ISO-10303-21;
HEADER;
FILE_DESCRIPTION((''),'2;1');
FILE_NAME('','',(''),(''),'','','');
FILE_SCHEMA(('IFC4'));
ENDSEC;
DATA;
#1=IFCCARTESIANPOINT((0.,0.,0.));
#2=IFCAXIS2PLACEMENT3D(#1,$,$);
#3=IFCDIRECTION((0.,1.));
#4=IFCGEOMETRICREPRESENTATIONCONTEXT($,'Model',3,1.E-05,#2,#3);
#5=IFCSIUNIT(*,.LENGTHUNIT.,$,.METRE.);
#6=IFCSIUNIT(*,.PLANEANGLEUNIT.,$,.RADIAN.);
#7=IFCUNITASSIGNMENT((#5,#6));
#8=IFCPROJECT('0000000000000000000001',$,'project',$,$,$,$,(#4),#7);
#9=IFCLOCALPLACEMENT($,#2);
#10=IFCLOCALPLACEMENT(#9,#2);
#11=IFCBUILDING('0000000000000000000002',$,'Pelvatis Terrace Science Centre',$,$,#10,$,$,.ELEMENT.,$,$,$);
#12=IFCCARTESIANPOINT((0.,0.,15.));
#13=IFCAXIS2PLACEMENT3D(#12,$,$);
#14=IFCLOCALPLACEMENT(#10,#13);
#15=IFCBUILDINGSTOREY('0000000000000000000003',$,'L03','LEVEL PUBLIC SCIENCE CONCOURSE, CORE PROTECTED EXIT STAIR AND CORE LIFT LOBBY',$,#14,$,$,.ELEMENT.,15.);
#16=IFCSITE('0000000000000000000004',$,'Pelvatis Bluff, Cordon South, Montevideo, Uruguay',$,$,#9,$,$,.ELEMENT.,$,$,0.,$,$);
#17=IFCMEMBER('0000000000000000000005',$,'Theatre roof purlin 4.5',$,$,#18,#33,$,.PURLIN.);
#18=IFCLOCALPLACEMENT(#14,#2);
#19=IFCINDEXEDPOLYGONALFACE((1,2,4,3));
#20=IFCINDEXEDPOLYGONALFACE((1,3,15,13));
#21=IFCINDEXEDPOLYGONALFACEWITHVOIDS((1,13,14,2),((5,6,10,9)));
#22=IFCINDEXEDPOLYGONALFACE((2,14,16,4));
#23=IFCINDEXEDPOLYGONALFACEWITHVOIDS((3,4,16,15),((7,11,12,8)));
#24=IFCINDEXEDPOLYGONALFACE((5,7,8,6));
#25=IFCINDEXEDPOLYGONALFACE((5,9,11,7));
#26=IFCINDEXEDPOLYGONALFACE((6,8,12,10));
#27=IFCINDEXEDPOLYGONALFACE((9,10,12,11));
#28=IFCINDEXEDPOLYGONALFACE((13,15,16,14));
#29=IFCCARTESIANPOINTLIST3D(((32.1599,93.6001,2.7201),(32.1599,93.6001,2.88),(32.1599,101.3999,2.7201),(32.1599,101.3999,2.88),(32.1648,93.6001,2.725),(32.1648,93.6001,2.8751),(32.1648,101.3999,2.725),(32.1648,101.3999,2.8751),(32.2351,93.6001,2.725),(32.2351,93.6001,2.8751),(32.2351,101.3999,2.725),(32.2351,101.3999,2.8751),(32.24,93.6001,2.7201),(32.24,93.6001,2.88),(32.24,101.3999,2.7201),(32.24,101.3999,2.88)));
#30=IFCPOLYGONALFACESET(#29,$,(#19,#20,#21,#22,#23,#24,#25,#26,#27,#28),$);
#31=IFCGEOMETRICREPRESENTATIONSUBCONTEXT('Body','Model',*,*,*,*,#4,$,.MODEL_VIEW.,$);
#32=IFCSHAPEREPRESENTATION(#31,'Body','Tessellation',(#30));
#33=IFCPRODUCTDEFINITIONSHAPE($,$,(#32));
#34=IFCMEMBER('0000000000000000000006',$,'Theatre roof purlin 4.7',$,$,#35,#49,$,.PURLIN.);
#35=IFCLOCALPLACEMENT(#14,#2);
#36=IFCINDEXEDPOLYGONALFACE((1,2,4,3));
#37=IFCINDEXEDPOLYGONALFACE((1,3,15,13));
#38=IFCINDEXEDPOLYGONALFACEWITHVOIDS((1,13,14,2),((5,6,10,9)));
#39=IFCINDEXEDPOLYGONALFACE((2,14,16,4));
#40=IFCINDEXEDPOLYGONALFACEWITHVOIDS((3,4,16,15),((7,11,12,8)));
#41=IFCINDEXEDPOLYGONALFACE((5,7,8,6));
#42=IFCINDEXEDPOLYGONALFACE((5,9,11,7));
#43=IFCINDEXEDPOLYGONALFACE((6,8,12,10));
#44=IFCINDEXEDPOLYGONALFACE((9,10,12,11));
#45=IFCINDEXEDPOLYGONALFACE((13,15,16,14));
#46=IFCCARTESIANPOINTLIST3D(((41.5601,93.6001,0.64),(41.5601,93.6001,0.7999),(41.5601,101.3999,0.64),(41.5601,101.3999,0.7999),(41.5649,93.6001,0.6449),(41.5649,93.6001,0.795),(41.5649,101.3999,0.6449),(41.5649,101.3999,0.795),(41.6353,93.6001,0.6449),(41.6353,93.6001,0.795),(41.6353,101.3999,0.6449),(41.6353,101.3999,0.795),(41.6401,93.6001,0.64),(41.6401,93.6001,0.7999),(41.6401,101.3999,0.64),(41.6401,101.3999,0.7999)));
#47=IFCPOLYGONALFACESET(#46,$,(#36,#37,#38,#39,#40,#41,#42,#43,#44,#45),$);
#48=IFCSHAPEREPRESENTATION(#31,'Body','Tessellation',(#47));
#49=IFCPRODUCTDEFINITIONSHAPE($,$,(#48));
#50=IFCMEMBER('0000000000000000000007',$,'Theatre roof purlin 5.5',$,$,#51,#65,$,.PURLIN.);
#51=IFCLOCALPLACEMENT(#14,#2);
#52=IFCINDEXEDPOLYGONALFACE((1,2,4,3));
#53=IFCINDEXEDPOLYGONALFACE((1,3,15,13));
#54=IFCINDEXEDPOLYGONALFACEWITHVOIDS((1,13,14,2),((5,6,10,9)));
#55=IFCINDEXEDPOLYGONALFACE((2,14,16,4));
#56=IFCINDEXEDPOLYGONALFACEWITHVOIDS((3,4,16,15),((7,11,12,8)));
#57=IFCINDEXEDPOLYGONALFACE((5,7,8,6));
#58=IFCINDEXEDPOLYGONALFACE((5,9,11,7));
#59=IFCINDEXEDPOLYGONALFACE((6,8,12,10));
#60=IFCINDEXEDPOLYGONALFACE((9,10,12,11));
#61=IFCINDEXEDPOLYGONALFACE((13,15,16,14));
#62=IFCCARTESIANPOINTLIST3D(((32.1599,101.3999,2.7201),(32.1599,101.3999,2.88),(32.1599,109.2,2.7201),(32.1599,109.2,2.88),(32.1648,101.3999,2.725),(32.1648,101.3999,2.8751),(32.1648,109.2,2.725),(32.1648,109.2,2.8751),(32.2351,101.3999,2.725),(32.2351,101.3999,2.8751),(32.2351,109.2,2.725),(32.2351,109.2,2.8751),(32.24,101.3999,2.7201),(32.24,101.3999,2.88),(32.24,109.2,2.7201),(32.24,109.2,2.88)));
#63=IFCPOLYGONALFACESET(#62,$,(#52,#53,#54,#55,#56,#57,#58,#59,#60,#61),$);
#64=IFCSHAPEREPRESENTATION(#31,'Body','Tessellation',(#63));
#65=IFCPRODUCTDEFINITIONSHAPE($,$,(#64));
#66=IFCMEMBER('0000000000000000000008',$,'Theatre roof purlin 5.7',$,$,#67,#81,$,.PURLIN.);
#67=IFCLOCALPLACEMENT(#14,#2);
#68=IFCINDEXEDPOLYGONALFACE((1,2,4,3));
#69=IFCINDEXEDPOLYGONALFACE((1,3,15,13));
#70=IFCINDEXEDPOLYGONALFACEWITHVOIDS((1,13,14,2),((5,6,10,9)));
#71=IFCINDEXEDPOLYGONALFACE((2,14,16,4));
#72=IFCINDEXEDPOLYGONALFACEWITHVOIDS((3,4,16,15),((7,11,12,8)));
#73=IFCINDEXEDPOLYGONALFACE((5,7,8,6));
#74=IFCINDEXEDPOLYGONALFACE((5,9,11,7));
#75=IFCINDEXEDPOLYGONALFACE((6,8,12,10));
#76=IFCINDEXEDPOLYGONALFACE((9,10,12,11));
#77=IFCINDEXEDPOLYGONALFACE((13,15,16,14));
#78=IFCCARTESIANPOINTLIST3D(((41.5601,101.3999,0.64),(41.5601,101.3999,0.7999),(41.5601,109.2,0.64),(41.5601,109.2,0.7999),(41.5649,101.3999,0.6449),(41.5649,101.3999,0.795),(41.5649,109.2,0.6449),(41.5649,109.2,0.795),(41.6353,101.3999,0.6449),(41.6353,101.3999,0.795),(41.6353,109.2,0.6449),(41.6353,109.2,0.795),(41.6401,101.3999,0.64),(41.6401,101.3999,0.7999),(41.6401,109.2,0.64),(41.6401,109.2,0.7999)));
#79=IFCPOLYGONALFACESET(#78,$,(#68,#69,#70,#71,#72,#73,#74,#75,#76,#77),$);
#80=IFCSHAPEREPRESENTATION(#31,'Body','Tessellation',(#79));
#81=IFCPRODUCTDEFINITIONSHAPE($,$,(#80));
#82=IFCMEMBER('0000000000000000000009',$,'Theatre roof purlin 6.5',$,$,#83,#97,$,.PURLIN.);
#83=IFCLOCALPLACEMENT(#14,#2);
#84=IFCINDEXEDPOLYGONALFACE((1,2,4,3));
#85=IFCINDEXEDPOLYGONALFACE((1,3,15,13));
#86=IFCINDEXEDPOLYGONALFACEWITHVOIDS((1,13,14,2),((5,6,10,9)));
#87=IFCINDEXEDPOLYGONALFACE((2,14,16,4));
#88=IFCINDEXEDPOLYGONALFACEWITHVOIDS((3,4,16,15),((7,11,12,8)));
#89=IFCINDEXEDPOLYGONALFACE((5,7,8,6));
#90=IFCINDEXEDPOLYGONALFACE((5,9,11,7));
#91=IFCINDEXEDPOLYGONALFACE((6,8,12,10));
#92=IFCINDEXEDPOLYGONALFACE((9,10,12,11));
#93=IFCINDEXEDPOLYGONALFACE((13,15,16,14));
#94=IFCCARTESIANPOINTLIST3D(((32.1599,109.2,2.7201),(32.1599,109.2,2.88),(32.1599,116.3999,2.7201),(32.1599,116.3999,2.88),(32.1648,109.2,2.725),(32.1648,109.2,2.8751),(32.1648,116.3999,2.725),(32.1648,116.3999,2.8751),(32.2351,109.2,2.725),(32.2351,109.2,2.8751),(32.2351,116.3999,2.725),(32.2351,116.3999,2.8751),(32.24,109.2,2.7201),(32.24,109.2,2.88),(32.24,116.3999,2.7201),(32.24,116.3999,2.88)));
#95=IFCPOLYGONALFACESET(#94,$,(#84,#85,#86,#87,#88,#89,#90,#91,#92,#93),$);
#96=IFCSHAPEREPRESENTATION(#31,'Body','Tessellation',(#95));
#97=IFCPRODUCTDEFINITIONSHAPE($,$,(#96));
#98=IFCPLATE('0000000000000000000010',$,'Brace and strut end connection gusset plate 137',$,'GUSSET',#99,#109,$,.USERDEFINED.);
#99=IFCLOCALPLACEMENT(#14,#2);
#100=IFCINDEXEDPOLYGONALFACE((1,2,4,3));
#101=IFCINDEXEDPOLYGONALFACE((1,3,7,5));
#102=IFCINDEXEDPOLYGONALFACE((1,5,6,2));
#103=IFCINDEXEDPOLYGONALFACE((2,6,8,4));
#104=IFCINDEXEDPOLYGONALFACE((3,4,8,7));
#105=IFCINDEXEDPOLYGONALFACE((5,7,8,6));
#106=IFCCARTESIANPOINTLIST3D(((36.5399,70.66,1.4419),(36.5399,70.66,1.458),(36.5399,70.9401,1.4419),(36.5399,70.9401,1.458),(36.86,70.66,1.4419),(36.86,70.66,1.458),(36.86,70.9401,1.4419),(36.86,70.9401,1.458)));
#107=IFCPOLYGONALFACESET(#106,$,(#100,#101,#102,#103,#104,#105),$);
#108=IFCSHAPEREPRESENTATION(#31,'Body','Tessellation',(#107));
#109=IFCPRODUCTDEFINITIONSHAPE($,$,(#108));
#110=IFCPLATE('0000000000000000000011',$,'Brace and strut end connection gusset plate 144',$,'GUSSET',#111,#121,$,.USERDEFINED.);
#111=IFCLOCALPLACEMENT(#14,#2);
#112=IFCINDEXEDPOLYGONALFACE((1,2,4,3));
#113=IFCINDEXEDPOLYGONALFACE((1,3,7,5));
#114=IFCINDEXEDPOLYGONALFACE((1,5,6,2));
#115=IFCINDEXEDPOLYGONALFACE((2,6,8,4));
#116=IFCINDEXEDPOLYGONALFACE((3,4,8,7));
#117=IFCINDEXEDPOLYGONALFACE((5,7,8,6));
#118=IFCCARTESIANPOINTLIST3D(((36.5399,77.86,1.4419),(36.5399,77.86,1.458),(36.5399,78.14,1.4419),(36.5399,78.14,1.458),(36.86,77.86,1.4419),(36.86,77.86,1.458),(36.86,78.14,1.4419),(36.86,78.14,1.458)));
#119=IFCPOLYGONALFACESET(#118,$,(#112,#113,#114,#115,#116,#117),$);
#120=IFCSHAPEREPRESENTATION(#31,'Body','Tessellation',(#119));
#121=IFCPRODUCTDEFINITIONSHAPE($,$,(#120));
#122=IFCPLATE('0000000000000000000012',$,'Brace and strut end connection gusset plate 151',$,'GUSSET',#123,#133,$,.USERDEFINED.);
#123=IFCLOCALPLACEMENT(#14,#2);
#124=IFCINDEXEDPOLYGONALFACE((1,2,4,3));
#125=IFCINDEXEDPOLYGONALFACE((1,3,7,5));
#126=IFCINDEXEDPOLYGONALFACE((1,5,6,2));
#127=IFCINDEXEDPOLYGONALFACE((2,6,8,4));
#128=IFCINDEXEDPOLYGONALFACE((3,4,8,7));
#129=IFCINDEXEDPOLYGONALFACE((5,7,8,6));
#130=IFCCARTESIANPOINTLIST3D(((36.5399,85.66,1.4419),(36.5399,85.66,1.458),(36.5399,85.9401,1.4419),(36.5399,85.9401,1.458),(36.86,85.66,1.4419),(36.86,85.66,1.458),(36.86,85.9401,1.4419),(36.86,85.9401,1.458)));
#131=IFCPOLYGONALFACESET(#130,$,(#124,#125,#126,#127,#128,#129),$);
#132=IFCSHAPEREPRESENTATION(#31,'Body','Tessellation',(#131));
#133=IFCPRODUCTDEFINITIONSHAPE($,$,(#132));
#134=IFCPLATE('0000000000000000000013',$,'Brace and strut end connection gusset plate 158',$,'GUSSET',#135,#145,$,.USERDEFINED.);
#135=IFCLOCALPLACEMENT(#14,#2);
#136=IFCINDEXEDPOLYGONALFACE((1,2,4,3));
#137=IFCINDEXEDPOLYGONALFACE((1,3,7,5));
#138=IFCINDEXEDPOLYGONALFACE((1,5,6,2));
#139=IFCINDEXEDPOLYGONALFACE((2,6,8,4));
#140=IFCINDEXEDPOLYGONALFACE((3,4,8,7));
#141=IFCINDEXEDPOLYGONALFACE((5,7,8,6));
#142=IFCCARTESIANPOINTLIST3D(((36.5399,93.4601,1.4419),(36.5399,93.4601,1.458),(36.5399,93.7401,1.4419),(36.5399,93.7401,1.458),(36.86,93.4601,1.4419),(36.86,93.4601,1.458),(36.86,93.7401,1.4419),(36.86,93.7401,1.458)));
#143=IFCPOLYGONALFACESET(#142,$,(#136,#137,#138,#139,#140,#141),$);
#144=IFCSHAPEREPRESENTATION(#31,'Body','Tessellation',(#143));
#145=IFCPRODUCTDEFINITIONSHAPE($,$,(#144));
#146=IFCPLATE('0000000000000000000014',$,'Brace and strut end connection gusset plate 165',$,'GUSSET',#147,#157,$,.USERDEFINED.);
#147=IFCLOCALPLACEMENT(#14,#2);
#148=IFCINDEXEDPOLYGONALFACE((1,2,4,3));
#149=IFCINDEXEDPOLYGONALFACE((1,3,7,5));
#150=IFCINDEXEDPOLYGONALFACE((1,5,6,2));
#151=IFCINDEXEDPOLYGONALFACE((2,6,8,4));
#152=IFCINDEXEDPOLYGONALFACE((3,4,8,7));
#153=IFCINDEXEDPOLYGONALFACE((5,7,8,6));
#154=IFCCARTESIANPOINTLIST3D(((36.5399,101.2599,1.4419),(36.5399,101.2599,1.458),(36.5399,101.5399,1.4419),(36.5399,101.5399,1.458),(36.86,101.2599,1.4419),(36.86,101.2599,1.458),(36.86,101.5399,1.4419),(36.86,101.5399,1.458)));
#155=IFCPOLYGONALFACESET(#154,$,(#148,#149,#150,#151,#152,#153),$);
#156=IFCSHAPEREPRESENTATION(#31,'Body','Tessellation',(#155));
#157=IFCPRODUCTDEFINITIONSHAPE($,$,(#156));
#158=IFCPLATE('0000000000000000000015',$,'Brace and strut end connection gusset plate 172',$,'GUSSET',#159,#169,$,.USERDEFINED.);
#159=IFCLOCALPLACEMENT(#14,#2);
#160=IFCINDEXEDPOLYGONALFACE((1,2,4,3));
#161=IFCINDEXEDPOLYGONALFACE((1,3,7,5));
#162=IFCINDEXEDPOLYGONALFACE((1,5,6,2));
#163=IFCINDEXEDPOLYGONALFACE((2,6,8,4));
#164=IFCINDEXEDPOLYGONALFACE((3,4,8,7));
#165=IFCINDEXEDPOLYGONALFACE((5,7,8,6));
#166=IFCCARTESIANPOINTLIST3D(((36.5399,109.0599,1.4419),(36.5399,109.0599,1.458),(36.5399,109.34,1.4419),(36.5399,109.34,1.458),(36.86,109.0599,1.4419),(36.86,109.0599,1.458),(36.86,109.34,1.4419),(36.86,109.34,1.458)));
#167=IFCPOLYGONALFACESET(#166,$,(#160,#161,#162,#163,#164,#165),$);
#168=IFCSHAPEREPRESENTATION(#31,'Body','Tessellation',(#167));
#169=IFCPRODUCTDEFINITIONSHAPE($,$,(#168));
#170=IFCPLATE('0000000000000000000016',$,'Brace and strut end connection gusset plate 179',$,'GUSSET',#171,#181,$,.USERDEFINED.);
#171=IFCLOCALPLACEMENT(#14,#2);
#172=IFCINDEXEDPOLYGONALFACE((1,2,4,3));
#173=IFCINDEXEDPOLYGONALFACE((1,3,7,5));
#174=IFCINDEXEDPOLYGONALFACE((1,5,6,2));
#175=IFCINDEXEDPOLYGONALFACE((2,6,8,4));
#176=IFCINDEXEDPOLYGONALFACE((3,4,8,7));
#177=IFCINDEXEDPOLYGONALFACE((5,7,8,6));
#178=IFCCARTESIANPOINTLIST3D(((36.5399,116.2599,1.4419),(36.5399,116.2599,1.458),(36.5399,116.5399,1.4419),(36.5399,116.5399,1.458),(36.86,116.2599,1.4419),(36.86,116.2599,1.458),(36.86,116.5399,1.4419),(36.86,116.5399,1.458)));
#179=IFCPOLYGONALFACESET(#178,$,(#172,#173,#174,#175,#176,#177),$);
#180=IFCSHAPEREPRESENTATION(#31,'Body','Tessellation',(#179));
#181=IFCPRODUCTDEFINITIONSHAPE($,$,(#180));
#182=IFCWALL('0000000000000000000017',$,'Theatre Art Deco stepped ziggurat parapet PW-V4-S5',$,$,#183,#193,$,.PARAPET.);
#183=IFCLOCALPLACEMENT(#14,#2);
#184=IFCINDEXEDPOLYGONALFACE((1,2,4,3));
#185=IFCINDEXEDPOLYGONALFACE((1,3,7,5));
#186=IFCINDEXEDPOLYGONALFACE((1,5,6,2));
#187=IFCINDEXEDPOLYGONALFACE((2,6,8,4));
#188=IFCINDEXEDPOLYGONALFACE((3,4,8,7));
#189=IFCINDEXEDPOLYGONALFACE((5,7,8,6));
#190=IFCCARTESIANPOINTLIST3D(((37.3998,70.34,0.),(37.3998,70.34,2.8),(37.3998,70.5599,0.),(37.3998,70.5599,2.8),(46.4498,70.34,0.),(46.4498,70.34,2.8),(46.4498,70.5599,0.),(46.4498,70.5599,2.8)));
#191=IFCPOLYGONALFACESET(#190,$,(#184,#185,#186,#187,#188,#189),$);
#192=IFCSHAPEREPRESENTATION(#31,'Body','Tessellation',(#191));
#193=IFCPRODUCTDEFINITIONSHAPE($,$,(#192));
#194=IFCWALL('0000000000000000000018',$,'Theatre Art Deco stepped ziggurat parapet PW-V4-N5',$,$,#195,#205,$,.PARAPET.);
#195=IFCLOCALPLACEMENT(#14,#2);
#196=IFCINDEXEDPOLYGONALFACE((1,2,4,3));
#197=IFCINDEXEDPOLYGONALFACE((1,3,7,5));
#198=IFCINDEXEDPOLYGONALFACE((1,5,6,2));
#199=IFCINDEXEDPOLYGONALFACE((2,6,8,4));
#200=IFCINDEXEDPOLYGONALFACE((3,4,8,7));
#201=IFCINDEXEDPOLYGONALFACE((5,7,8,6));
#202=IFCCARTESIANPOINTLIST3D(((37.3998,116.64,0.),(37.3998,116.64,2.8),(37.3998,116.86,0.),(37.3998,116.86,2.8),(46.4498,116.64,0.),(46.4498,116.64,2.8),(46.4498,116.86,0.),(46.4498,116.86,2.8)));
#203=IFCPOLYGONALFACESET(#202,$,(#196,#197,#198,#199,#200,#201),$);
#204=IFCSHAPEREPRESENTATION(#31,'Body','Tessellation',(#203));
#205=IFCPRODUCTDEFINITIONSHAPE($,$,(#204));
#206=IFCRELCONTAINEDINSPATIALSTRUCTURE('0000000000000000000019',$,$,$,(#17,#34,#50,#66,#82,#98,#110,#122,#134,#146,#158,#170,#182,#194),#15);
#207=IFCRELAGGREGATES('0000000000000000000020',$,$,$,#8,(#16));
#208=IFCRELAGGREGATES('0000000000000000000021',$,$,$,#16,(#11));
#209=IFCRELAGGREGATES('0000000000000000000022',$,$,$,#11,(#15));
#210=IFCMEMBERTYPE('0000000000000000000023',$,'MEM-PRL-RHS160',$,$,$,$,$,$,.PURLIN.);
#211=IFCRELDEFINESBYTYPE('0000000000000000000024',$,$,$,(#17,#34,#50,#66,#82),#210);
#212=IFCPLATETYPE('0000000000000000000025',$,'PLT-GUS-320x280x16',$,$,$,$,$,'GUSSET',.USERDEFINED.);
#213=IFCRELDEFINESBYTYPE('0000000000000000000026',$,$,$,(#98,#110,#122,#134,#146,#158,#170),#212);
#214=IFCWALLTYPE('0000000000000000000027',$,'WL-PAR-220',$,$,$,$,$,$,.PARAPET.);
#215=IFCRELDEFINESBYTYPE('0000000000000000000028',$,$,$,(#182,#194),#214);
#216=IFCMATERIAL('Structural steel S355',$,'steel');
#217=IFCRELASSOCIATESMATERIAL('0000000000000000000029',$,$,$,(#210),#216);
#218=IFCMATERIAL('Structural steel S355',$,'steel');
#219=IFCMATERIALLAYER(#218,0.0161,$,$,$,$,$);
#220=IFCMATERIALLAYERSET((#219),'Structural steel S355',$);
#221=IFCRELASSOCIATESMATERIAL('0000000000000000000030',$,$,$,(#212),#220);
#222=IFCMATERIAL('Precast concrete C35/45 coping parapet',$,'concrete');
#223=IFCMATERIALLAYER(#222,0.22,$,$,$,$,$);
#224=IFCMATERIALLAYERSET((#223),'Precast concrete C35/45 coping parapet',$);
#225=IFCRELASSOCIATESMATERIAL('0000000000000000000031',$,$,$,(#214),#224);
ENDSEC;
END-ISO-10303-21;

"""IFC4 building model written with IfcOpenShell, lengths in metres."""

from ifc_helpers import new_model, si_unit, direction, frame, frame_2d, origin, origin_2d, place, context, subcontext, project, spatial, rectangle, hollow_rectangle, extrude, material, layer, layer_set, material_profile, profile_set, type_object, element, save


model = new_model("IFC4")

# Units and contexts
model_context = context("Model", 3, precision=1e-05, world=origin(), true_north=direction((0.0, 1.0)))
body_context = subcontext(model_context, "Body", "Model", "MODEL_VIEW")
ifc_project = project(units=[si_unit("LENGTHUNIT", "METRE"), si_unit("PLANEANGLEUNIT", "RADIAN")], contexts=[model_context])

# Site, building, storey
site_placement = place(None, origin())
site = spatial("IfcSite", under=ifc_project, at=site_placement, Name="Pelvatis Bluff, Cordon South, Montevideo, Uruguay", CompositionType="ELEMENT", RefElevation=0.0)
building_placement = place(site_placement, origin())
building = spatial("IfcBuilding", under=site, at=building_placement, Name="Pelvatis Terrace Science Centre", CompositionType="ELEMENT")
storey_placement = place(building_placement, frame((0.0, 0.0, 15.0)))
storey = spatial("IfcBuildingStorey", under=building, at=storey_placement, Name="L03", Description="LEVEL PUBLIC SCIENCE CONCOURSE, CORE PROTECTED EXIT STAIR AND CORE LIFT LOBBY", CompositionType="ELEMENT", Elevation=15.0)

# Members
ifc_material_1 = material(Name="Structural steel S355", Category="steel")
ifc_material_profile_1 = material_profile(ifc_material_1, hollow_rectangle(XDim=0.0801, YDim=0.1599, WallThickness=0.0049, at=origin_2d()), Name="RHS 160x80x5.0")
ifc_profile_set_1 = profile_set([ifc_material_profile_1], Name="Structural steel S355")
member_type = type_object("IfcMemberType", Name="MEM-PRL-RHS160", PredefinedType="PURLIN", material=ifc_profile_set_1)
for number, where, z_axis, x_axis, name in (
    (1, (32.2, 93.6001, 2.8), (0.0, 1.0, 0.0), (-1.0, 0.0, 0.0), "Theatre roof purlin 4.5"),
    (2, (41.6001, 93.6001, 0.72), (0.0, 1.0, 0.0), (-1.0, 0.0, 0.0), "Theatre roof purlin 4.7"),
):
    element("IfcMember", number, at=place(storey_placement, frame(where, z_axis=z_axis, x_axis=x_axis)), inside=storey, type_object=member_type, Name=name, PredefinedType="PURLIN", context=body_context, shape_type="SweptSolid", body=[
        extrude(hollow_rectangle(XDim=0.0801, YDim=0.1599, WallThickness=0.0049, at=origin_2d()), origin(), (0.0, 0.0, 1.0), 7.7998),
    ])
for number, where, z_axis, x_axis, name in (
    (3, (32.2, 101.3999, 2.8), (0.0, 1.0, 0.0), (-1.0, 0.0, 0.0), "Theatre roof purlin 5.5"),
    (4, (41.6001, 101.3999, 0.72), (0.0, 1.0, 0.0), (-1.0, 0.0, 0.0), "Theatre roof purlin 5.7"),
):
    element("IfcMember", number, at=place(storey_placement, frame(where, z_axis=z_axis, x_axis=x_axis)), inside=storey, type_object=member_type, Name=name, PredefinedType="PURLIN", context=body_context, shape_type="SweptSolid", body=[
        extrude(hollow_rectangle(XDim=0.0801, YDim=0.1599, WallThickness=0.0049, at=origin_2d()), origin(), (0.0, 0.0, 1.0), 7.8),
    ])
member_placement = place(storey_placement, frame((32.2, 109.2, 2.8), z_axis=(0.0, 1.0, 0.0), x_axis=(-1.0, 0.0, 0.0)))
element("IfcMember", 5, at=member_placement, inside=storey, type_object=member_type, Name="Theatre roof purlin 6.5", PredefinedType="PURLIN", context=body_context, shape_type="SweptSolid", body=[
    extrude(hollow_rectangle(XDim=0.0801, YDim=0.1599, WallThickness=0.0049, at=origin_2d()), origin(), (0.0, 0.0, 1.0), 7.2),
])

# Plates
ifc_material_2 = material(Name="Structural steel S355", Category="steel")
ifc_layer_1 = layer(ifc_material_2, 0.0161)
ifc_layer_set_1 = layer_set([ifc_layer_1], Name="Structural steel S355")
plate_type = type_object("IfcPlateType", Name="PLT-GUS-320x280x16", ElementType="GUSSET", PredefinedType="USERDEFINED", material=ifc_layer_set_1)
for number, where, z_axis, x_axis, name in (
    (6, (36.7, 70.8, 1.4419), (0.0, 0.0, 1.0), (1.0, 0.0, 0.0), "Brace and strut end connection gusset plate 137"),
    (7, (36.7, 78.0, 1.4419), (0.0, 0.0, 1.0), (1.0, 0.0, 0.0), "Brace and strut end connection gusset plate 144"),
    (8, (36.7, 85.8, 1.4419), (0.0, 0.0, 1.0), (1.0, 0.0, 0.0), "Brace and strut end connection gusset plate 151"),
    (9, (36.7, 93.6001, 1.4419), (0.0, 0.0, 1.0), (1.0, 0.0, 0.0), "Brace and strut end connection gusset plate 158"),
    (10, (36.7, 101.3999, 1.4419), (0.0, 0.0, 1.0), (1.0, 0.0, 0.0), "Brace and strut end connection gusset plate 165"),
    (11, (36.7, 109.2, 1.4419), (0.0, 0.0, 1.0), (1.0, 0.0, 0.0), "Brace and strut end connection gusset plate 172"),
    (12, (36.7, 116.3999, 1.4419), (0.0, 0.0, 1.0), (1.0, 0.0, 0.0), "Brace and strut end connection gusset plate 179"),
):
    element("IfcPlate", number, at=place(storey_placement, frame(where, z_axis=z_axis, x_axis=x_axis)), inside=storey, type_object=plate_type, Name=name, ObjectType="GUSSET", PredefinedType="USERDEFINED", context=body_context, shape_type="SweptSolid", body=[
        extrude(rectangle(XDim=0.3201, YDim=0.28, at=origin_2d()), origin(), (0.0, 0.0, 1.0), 0.0161),
    ])

# Walls
ifc_material_3 = material(Name="Precast concrete C35/45 coping parapet", Category="concrete")
ifc_layer_2 = layer(ifc_material_3, 0.22)
ifc_layer_set_2 = layer_set([ifc_layer_2], Name="Precast concrete C35/45 coping parapet")
wall_type = type_object("IfcWallType", Name="WL-PAR-220", PredefinedType="PARAPET", material=ifc_layer_set_2)
for number, where, z_axis, x_axis, name in (
    (13, (37.3999, 70.45, 0.0), (0.0, 0.0, 1.0), (1.0, 0.0, 0.0), "Theatre Art Deco stepped ziggurat parapet PW-V4-S5"),
    (14, (37.3999, 116.75, 0.0), (0.0, 0.0, 1.0), (1.0, 0.0, 0.0), "Theatre Art Deco stepped ziggurat parapet PW-V4-N5"),
):
    element("IfcWall", number, at=place(storey_placement, frame(where, z_axis=z_axis, x_axis=x_axis)), inside=storey, type_object=wall_type, Name=name, PredefinedType="PARAPET", context=body_context, shape_type="SweptSolid", body=[
        extrude(rectangle(XDim=9.05, YDim=0.22, at=frame_2d((4.5249, 0.0))), origin(), (0.0, 0.0, 1.0), 2.8),
    ])

save(model, "model.ifc")
